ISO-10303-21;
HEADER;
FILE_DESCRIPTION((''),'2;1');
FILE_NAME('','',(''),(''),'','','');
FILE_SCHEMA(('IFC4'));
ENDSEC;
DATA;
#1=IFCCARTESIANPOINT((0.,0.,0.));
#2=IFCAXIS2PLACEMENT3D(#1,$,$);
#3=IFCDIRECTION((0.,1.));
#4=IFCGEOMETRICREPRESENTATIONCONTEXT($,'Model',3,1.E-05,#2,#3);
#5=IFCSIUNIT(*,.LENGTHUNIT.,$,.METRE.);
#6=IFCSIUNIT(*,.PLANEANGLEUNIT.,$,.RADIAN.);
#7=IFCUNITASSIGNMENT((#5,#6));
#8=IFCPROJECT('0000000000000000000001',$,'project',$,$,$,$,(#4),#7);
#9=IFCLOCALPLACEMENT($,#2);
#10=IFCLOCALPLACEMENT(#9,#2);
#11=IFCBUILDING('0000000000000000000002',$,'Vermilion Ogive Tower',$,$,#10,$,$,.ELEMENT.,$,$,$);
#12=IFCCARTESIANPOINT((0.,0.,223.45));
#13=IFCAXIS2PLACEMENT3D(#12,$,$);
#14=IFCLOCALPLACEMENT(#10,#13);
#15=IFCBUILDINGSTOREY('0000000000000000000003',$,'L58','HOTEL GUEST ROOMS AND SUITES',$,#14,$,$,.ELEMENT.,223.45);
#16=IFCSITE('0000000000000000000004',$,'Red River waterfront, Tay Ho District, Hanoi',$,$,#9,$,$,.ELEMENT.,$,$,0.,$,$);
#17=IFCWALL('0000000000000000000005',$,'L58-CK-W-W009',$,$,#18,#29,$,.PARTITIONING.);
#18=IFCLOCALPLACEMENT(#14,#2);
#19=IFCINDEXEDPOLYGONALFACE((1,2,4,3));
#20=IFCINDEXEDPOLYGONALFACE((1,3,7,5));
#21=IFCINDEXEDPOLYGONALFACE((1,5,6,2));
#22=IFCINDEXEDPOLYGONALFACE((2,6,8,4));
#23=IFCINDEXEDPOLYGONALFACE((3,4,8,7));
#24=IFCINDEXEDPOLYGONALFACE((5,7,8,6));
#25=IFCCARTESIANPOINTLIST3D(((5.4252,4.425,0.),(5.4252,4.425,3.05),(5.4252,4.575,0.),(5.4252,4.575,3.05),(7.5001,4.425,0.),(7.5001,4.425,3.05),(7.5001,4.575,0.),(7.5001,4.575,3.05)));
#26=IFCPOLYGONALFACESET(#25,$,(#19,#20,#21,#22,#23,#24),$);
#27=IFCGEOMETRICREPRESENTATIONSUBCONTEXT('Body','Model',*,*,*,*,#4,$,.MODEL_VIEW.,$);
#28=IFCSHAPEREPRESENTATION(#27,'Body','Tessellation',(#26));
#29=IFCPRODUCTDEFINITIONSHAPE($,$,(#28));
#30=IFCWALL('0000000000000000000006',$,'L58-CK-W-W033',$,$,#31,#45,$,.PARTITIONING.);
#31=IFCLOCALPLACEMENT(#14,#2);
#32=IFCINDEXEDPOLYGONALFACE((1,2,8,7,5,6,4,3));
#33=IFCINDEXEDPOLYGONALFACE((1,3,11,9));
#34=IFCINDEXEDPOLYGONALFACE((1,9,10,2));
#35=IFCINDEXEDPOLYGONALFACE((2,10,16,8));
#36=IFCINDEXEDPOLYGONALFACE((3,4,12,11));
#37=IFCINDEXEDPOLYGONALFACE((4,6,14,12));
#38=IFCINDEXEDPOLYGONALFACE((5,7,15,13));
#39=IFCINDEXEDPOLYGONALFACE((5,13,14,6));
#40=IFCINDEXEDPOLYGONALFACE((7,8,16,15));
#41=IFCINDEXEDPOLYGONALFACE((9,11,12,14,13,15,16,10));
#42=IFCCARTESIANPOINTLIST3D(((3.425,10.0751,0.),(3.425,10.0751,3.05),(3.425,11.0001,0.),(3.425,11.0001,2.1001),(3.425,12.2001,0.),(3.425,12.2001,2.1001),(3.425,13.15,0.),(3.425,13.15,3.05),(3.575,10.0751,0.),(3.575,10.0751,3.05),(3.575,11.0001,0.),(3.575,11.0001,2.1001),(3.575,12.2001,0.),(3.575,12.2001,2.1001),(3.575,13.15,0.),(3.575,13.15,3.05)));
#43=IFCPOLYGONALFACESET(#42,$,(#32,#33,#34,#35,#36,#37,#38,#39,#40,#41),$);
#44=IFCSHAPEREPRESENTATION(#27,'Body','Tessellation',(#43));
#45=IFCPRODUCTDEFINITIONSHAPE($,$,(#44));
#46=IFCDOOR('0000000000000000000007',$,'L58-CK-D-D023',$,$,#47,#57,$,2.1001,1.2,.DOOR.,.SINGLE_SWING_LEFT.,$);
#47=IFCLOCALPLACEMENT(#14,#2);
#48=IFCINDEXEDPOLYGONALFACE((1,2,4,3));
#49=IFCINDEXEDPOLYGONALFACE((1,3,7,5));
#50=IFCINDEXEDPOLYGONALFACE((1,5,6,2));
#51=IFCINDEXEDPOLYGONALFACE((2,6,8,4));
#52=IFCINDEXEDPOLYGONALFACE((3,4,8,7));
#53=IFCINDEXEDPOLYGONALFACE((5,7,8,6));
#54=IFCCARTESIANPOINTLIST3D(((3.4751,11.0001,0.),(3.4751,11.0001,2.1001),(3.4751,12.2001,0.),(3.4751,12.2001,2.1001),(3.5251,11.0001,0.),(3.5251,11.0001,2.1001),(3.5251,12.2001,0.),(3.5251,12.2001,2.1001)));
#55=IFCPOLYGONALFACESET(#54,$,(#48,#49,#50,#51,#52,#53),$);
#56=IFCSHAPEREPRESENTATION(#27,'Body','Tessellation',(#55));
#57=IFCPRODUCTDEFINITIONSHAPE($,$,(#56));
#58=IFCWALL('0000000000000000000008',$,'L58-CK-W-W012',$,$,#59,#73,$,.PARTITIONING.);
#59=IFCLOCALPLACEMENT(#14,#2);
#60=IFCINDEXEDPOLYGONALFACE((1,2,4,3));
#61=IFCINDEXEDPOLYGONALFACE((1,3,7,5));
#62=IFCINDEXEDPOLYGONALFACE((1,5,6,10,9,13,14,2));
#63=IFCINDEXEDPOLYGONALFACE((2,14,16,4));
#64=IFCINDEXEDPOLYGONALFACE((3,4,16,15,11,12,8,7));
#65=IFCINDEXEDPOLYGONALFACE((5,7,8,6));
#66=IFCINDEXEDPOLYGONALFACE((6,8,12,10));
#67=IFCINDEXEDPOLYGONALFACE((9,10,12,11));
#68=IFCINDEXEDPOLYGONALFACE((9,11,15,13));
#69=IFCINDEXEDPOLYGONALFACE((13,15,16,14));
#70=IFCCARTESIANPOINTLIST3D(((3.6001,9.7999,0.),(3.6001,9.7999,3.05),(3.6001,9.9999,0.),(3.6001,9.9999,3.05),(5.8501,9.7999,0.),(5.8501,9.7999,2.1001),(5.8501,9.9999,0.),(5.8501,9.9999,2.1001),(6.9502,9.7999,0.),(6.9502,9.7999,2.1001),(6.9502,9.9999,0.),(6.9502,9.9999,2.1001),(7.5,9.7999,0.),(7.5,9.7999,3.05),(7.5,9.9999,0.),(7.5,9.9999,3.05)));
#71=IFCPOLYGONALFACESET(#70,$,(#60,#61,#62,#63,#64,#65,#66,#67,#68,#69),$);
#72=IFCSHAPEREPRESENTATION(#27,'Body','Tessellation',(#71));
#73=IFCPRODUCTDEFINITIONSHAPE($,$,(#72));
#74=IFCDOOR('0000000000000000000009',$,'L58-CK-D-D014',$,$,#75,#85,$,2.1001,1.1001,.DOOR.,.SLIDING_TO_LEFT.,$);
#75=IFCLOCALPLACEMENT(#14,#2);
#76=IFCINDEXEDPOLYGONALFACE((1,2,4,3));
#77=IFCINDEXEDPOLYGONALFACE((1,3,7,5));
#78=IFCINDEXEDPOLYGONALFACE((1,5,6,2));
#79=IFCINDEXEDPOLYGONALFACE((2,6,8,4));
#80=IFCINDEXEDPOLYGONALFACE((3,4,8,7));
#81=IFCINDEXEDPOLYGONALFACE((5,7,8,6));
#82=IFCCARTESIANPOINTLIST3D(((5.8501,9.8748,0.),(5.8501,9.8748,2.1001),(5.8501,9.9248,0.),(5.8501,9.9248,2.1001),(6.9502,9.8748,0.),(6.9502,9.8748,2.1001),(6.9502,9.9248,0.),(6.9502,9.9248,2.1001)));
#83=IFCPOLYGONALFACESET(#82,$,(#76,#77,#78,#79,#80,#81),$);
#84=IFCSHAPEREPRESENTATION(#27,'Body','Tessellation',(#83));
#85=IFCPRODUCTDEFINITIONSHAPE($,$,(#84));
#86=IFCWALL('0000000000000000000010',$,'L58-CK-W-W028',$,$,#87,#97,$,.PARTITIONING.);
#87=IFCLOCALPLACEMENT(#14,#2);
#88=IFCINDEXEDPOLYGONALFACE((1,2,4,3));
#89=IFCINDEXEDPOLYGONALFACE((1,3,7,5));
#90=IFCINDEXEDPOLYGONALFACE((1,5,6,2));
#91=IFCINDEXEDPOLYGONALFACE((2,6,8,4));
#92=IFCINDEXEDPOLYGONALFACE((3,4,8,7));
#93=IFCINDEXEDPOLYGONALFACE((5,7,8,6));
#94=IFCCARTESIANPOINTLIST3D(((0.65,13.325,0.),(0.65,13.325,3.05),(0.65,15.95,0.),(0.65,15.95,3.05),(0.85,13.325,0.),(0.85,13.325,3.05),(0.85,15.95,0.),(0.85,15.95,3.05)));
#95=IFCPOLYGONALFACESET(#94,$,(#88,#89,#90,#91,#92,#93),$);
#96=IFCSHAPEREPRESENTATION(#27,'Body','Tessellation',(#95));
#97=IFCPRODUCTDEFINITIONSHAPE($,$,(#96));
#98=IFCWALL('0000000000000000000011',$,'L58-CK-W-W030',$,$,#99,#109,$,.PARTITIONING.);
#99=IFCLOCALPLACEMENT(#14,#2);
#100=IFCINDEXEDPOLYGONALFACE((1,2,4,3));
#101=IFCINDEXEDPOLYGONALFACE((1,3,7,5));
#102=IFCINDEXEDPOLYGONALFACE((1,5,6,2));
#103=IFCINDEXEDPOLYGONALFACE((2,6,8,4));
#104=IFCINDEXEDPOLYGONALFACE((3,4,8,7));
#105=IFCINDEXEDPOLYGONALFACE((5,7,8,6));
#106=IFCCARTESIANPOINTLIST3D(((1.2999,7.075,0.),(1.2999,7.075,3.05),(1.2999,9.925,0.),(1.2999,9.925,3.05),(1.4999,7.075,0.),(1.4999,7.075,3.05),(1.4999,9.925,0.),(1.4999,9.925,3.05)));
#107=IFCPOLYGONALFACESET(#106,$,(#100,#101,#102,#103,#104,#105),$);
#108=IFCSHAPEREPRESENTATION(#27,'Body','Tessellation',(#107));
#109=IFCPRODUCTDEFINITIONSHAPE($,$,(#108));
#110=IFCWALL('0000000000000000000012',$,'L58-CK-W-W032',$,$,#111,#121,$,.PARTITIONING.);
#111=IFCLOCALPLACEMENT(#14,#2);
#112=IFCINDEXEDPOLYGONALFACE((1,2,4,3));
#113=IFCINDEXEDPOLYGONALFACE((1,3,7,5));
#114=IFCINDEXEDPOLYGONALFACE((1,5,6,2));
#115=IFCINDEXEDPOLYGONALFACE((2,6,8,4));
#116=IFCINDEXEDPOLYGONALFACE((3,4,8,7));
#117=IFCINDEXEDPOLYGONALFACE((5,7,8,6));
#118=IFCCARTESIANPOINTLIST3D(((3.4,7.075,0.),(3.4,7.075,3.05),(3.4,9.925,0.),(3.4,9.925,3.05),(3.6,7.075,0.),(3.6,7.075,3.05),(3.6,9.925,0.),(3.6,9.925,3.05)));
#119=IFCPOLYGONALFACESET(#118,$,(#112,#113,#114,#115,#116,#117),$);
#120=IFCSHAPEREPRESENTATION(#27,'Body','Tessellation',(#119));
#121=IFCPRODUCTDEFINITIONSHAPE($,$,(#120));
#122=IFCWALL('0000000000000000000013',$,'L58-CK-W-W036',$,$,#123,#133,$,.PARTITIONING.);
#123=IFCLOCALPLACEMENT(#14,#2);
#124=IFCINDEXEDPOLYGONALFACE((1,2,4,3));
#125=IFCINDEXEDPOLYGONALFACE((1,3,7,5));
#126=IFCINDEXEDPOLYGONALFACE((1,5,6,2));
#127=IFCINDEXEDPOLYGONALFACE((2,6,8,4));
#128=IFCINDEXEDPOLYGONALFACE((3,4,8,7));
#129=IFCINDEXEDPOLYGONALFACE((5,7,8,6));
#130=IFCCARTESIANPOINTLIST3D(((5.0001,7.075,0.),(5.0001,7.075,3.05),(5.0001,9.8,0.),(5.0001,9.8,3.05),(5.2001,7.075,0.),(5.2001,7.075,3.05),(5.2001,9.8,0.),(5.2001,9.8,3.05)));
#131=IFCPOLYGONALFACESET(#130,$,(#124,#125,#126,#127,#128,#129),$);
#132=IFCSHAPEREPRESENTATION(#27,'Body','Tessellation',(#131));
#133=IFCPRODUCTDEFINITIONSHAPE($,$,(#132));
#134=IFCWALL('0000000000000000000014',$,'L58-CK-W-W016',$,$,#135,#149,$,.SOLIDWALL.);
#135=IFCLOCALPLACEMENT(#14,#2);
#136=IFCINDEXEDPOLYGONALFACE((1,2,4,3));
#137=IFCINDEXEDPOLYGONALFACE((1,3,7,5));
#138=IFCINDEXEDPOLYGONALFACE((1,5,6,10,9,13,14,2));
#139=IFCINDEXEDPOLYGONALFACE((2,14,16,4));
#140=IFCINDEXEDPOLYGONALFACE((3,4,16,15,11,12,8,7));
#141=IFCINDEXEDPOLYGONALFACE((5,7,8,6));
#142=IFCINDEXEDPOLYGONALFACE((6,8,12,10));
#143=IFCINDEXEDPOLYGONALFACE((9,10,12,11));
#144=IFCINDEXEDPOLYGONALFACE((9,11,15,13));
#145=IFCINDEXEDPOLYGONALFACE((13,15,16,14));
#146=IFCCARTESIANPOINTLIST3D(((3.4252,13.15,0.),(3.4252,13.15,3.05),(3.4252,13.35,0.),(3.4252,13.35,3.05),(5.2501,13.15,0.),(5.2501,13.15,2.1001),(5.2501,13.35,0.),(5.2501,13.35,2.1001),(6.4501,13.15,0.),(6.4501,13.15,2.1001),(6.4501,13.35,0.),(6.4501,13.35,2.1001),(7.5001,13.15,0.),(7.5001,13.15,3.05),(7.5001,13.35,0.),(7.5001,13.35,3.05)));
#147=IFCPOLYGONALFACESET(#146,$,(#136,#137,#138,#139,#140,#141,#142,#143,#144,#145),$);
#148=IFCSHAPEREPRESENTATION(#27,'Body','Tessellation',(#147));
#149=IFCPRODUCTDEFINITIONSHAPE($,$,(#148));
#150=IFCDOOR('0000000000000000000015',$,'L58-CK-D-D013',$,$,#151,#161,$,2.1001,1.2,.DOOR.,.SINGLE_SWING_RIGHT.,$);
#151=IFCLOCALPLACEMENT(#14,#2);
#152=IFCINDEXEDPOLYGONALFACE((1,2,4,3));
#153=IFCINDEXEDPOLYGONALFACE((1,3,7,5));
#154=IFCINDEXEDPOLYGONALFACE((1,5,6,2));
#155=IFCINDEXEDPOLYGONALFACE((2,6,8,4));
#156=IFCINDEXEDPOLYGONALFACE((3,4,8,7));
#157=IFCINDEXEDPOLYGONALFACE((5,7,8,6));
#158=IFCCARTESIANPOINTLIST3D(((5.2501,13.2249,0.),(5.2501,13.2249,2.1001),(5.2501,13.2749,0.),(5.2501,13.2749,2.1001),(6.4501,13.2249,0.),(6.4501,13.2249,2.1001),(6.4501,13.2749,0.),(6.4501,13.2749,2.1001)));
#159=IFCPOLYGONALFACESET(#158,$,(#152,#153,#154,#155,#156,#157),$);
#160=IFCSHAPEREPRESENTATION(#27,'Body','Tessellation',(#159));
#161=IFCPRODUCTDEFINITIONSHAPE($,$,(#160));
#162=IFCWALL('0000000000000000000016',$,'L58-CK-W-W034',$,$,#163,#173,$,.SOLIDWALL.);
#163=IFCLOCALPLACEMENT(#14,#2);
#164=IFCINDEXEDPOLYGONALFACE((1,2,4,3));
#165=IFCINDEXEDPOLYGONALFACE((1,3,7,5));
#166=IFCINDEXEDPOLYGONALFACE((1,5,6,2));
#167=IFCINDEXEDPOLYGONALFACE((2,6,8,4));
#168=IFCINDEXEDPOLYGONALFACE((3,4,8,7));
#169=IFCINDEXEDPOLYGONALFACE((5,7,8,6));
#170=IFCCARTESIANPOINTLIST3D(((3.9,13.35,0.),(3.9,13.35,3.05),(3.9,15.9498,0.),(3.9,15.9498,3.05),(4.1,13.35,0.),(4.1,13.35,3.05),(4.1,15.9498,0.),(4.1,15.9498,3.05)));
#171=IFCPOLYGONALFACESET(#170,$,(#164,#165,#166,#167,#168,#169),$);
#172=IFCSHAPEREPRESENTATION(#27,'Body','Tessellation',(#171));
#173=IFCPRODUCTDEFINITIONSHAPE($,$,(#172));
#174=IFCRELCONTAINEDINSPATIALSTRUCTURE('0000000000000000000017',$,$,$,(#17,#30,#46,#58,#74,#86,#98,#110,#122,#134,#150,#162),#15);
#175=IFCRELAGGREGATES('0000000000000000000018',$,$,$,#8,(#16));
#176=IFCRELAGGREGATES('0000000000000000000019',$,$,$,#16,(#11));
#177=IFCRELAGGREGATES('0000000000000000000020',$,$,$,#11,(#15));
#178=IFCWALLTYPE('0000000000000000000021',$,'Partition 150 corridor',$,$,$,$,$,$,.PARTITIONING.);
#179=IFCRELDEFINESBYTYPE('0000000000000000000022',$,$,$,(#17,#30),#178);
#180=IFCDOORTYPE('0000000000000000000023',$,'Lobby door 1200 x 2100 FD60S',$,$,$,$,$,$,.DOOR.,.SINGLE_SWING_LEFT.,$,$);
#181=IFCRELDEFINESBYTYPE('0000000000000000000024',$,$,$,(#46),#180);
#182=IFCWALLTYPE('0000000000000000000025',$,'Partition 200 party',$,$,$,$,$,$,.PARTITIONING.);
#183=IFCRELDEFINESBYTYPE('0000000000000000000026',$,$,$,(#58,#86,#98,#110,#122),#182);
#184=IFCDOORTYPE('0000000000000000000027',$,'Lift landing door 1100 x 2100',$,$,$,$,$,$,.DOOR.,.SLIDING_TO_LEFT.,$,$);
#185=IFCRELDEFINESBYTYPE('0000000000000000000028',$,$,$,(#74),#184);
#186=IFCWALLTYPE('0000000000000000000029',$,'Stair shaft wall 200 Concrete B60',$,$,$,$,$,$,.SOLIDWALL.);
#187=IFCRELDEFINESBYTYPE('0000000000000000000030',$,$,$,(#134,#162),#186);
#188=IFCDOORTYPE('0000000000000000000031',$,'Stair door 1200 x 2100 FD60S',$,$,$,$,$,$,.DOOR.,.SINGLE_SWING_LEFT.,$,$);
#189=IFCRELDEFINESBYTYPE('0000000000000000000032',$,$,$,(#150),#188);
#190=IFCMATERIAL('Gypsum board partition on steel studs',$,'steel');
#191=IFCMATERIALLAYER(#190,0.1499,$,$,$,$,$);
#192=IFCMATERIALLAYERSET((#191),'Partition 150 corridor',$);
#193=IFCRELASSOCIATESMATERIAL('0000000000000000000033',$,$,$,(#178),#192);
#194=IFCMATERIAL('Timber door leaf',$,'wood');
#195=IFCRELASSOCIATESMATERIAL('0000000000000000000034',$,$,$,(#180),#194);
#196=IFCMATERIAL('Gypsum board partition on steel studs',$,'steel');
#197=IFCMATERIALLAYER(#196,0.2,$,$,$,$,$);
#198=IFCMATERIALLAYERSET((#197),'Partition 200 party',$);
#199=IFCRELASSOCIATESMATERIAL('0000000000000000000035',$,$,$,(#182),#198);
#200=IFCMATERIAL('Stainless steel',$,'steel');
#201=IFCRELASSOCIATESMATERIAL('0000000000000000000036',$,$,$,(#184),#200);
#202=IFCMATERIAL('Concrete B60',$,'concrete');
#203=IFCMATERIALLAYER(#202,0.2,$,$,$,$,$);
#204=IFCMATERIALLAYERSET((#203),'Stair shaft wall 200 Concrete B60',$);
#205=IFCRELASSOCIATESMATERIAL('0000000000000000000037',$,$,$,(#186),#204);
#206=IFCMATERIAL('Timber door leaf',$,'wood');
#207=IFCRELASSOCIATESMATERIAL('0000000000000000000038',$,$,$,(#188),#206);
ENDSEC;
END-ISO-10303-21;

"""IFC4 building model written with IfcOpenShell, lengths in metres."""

from ifc_helpers import new_model, si_unit, direction, frame, frame_2d, origin, place, context, subcontext, project, spatial, rectangle, extrude, material, layer, layer_set, type_object, element, fill, save


model = new_model("IFC4")

# Units and contexts
model_context = context("Model", 3, precision=1e-05, world=origin(), true_north=direction((0.0, 1.0)))
body_context = subcontext(model_context, "Body", "Model", "MODEL_VIEW")
ifc_project = project(units=[si_unit("LENGTHUNIT", "METRE"), si_unit("PLANEANGLEUNIT", "RADIAN")], contexts=[model_context])

# Site, building, storey
site_placement = place(None, origin())
site = spatial("IfcSite", under=ifc_project, at=site_placement, Name="Red River waterfront, Tay Ho District, Hanoi", CompositionType="ELEMENT", RefElevation=0.0)
building_placement = place(site_placement, origin())
building = spatial("IfcBuilding", under=site, at=building_placement, Name="Vermilion Ogive Tower", CompositionType="ELEMENT")
storey_placement = place(building_placement, frame((0.0, 0.0, 223.45)))
storey = spatial("IfcBuildingStorey", under=building, at=storey_placement, Name="L58", Description="HOTEL GUEST ROOMS AND SUITES", CompositionType="ELEMENT", Elevation=223.45)

# Wall
ifc_material_1 = material(Name="Gypsum board partition on steel studs", Category="steel")
ifc_layer_1 = layer(ifc_material_1, 0.1499)
ifc_layer_set_1 = layer_set([ifc_layer_1], Name="Partition 150 corridor")
wall_type_1 = type_object("IfcWallType", Name="Partition 150 corridor", PredefinedType="PARTITIONING", material=ifc_layer_set_1)
wall_1_placement = place(storey_placement, frame((5.425, 4.5, 0.0), z_axis=(0.0, 0.0, 1.0), x_axis=(1.0, 0.0, 0.0)))
element("IfcWall", 1, at=wall_1_placement, inside=storey, type_object=wall_type_1, Name="L58-CK-W-W009", PredefinedType="PARTITIONING", context=body_context, shape_type="SweptSolid", body=[
    extrude(rectangle(XDim=2.075, YDim=0.1499, at=frame_2d((1.0376, 0.0))), origin(), (0.0, 0.0, 1.0), 3.05),
])

# Walls, openings, doors
wall_2_placement = place(storey_placement, frame((3.5, 10.075, 0.0), z_axis=(0.0, 0.0, 1.0), x_axis=(0.0, 1.0, 0.0)))
wall_2 = element("IfcWall", 2, at=wall_2_placement, inside=storey, type_object=wall_type_1, Name="L58-CK-W-W033", PredefinedType="PARTITIONING", context=body_context, shape_type="SweptSolid", body=[
    extrude(rectangle(XDim=3.075, YDim=0.1499, at=frame_2d((1.5376, 0.0))), origin(), (0.0, 0.0, 1.0), 3.05),
])
opening_1_placement = place(wall_2_placement, frame((0.925, 0.0, 0.0)))
opening_1 = element("IfcOpeningElement", 3, at=opening_1_placement, cuts=wall_2, PredefinedType="OPENING", context=body_context, shape_type="SweptSolid", body=[
    extrude(rectangle(XDim=1.2, YDim=2.1001, at=frame_2d((0.6001, 1.05))), frame((0.0, 0.085, 0.0), z_axis=(0.0, -1.0, 0.0), x_axis=(1.0, 0.0, 0.0)), (0.0, 0.0, 1.0), 0.1699),
])
ifc_material_2 = material(Name="Timber door leaf", Category="wood")
door_type_1 = type_object("IfcDoorType", Name="Lobby door 1200 x 2100 FD60S", OperationType="SINGLE_SWING_LEFT", PredefinedType="DOOR", material=ifc_material_2)
door_1_placement = place(opening_1_placement, origin())
door_1 = element("IfcDoor", 4, at=door_1_placement, inside=storey, type_object=door_type_1, Name="L58-CK-D-D023", OperationType="SINGLE_SWING_LEFT", OverallHeight=2.1001, OverallWidth=1.2, PredefinedType="DOOR", context=body_context, shape_type="SweptSolid", body=[
    extrude(rectangle(XDim=1.2, YDim=2.1001, at=frame_2d((0.6001, 1.05))), frame((0.0, 0.0249, 0.0), z_axis=(0.0, -1.0, 0.0), x_axis=(1.0, 0.0, 0.0)), (0.0, 0.0, 1.0), 0.05),
])
fill(opening_1, door_1)
ifc_material_3 = material(Name="Gypsum board partition on steel studs", Category="steel")
ifc_layer_2 = layer(ifc_material_3, 0.2)
ifc_layer_set_2 = layer_set([ifc_layer_2], Name="Partition 200 party")
wall_type_2 = type_object("IfcWallType", Name="Partition 200 party", PredefinedType="PARTITIONING", material=ifc_layer_set_2)
wall_3_placement = place(storey_placement, frame((3.6001, 9.8999, 0.0), z_axis=(0.0, 0.0, 1.0), x_axis=(1.0, 0.0, 0.0)))
wall_3 = element("IfcWall", 5, at=wall_3_placement, inside=storey, type_object=wall_type_2, Name="L58-CK-W-W012", PredefinedType="PARTITIONING", context=body_context, shape_type="SweptSolid", body=[
    extrude(rectangle(XDim=3.8999, YDim=0.2, at=frame_2d((1.95, 0.0))), origin(), (0.0, 0.0, 1.0), 3.05),
])
opening_2_placement = place(wall_3_placement, frame((2.25, 0.0, 0.0)))
opening_2 = element("IfcOpeningElement", 6, at=opening_2_placement, cuts=wall_3, PredefinedType="OPENING", context=body_context, shape_type="SweptSolid", body=[
    extrude(rectangle(XDim=1.1001, YDim=2.1001, at=frame_2d((0.55, 1.05))), frame((0.0, 0.1099, 0.0), z_axis=(0.0, -1.0, 0.0), x_axis=(1.0, 0.0, 0.0)), (0.0, 0.0, 1.0), 0.22),
])
ifc_material_4 = material(Name="Stainless steel", Category="steel")
door_type_2 = type_object("IfcDoorType", Name="Lift landing door 1100 x 2100", OperationType="SLIDING_TO_LEFT", PredefinedType="DOOR", material=ifc_material_4)
door_2_placement = place(opening_2_placement, origin())
door_2 = element("IfcDoor", 7, at=door_2_placement, inside=storey, type_object=door_type_2, Name="L58-CK-D-D014", OperationType="SLIDING_TO_LEFT", OverallHeight=2.1001, OverallWidth=1.1001, PredefinedType="DOOR", context=body_context, shape_type="SweptSolid", body=[
    extrude(rectangle(XDim=1.1001, YDim=2.1001, at=frame_2d((0.55, 1.05))), frame((0.0, 0.0249, 0.0), z_axis=(0.0, -1.0, 0.0), x_axis=(1.0, 0.0, 0.0)), (0.0, 0.0, 1.0), 0.05),
])
fill(opening_2, door_2)

# Walls
wall_4_placement = place(storey_placement, frame((0.75, 13.325, 0.0), z_axis=(0.0, 0.0, 1.0), x_axis=(0.0, 1.0, 0.0)))
element("IfcWall", 8, at=wall_4_placement, inside=storey, type_object=wall_type_2, Name="L58-CK-W-W028", PredefinedType="PARTITIONING", context=body_context, shape_type="SweptSolid", body=[
    extrude(rectangle(XDim=2.625, YDim=0.2, at=frame_2d((1.3125, 0.0))), origin(), (0.0, 0.0, 1.0), 3.05),
])
for number, where, z_axis, x_axis, name in (
    (9, (1.3999, 7.075, 0.0), (0.0, 0.0, 1.0), (0.0, 1.0, 0.0), "L58-CK-W-W030"),
    (10, (3.5, 7.075, 0.0), (0.0, 0.0, 1.0), (0.0, 1.0, 0.0), "L58-CK-W-W032"),
):
    element("IfcWall", number, at=place(storey_placement, frame(where, z_axis=z_axis, x_axis=x_axis)), inside=storey, type_object=wall_type_2, Name=name, PredefinedType="PARTITIONING", context=body_context, shape_type="SweptSolid", body=[
        extrude(rectangle(XDim=2.8501, YDim=0.2, at=frame_2d((1.425, 0.0))), origin(), (0.0, 0.0, 1.0), 3.05),
    ])
wall_5_placement = place(storey_placement, frame((5.1001, 7.075, 0.0), z_axis=(0.0, 0.0, 1.0), x_axis=(0.0, 1.0, 0.0)))
element("IfcWall", 11, at=wall_5_placement, inside=storey, type_object=wall_type_2, Name="L58-CK-W-W036", PredefinedType="PARTITIONING", context=body_context, shape_type="SweptSolid", body=[
    extrude(rectangle(XDim=2.7251, YDim=0.2, at=frame_2d((1.3625, 0.0))), origin(), (0.0, 0.0, 1.0), 3.05),
])

# Wall, opening, door
ifc_material_5 = material(Name="Concrete B60", Category="concrete")
ifc_layer_3 = layer(ifc_material_5, 0.2)
ifc_layer_set_3 = layer_set([ifc_layer_3], Name="Stair shaft wall 200 Concrete B60")
wall_type_3 = type_object("IfcWallType", Name="Stair shaft wall 200 Concrete B60", PredefinedType="SOLIDWALL", material=ifc_layer_set_3)
wall_6_placement = place(storey_placement, frame((3.425, 13.25, 0.0), z_axis=(0.0, 0.0, 1.0), x_axis=(1.0, 0.0, 0.0)))
wall_6 = element("IfcWall", 12, at=wall_6_placement, inside=storey, type_object=wall_type_3, Name="L58-CK-W-W016", PredefinedType="SOLIDWALL", context=body_context, shape_type="SweptSolid", body=[
    extrude(rectangle(XDim=4.075, YDim=0.2, at=frame_2d((2.0376, 0.0))), origin(), (0.0, 0.0, 1.0), 3.05),
])
opening_3_placement = place(wall_6_placement, frame((1.825, 0.0, 0.0)))
opening_3 = element("IfcOpeningElement", 13, at=opening_3_placement, cuts=wall_6, PredefinedType="OPENING", context=body_context, shape_type="SweptSolid", body=[
    extrude(rectangle(XDim=1.2, YDim=2.1001, at=frame_2d((0.6001, 1.05))), frame((0.0, 0.1099, 0.0), z_axis=(0.0, -1.0, 0.0), x_axis=(1.0, 0.0, 0.0)), (0.0, 0.0, 1.0), 0.22),
])
ifc_material_6 = material(Name="Timber door leaf", Category="wood")
door_type_3 = type_object("IfcDoorType", Name="Stair door 1200 x 2100 FD60S", OperationType="SINGLE_SWING_LEFT", PredefinedType="DOOR", material=ifc_material_6)
door_3_placement = place(opening_3_placement, origin())
door_3 = element("IfcDoor", 14, at=door_3_placement, inside=storey, type_object=door_type_3, Name="L58-CK-D-D013", OperationType="SINGLE_SWING_RIGHT", OverallHeight=2.1001, OverallWidth=1.2, PredefinedType="DOOR", context=body_context, shape_type="SweptSolid", body=[
    extrude(rectangle(XDim=1.2, YDim=2.1001, at=frame_2d((0.6001, 1.05))), frame((0.0, 0.0249, 0.0), z_axis=(0.0, -1.0, 0.0), x_axis=(1.0, 0.0, 0.0)), (0.0, 0.0, 1.0), 0.05),
])
fill(opening_3, door_3)

# Wall
wall_7_placement = place(storey_placement, frame((4.0, 13.3501, 0.0), z_axis=(0.0, 0.0, 1.0), x_axis=(0.0, 1.0, 0.0)))
element("IfcWall", 15, at=wall_7_placement, inside=storey, type_object=wall_type_3, Name="L58-CK-W-W034", PredefinedType="SOLIDWALL", context=body_context, shape_type="SweptSolid", body=[
    extrude(rectangle(XDim=2.5999, YDim=0.2, at=frame_2d((1.2998, 0.0))), origin(), (0.0, 0.0, 1.0), 3.05),
])

save(model, "model.ifc")
